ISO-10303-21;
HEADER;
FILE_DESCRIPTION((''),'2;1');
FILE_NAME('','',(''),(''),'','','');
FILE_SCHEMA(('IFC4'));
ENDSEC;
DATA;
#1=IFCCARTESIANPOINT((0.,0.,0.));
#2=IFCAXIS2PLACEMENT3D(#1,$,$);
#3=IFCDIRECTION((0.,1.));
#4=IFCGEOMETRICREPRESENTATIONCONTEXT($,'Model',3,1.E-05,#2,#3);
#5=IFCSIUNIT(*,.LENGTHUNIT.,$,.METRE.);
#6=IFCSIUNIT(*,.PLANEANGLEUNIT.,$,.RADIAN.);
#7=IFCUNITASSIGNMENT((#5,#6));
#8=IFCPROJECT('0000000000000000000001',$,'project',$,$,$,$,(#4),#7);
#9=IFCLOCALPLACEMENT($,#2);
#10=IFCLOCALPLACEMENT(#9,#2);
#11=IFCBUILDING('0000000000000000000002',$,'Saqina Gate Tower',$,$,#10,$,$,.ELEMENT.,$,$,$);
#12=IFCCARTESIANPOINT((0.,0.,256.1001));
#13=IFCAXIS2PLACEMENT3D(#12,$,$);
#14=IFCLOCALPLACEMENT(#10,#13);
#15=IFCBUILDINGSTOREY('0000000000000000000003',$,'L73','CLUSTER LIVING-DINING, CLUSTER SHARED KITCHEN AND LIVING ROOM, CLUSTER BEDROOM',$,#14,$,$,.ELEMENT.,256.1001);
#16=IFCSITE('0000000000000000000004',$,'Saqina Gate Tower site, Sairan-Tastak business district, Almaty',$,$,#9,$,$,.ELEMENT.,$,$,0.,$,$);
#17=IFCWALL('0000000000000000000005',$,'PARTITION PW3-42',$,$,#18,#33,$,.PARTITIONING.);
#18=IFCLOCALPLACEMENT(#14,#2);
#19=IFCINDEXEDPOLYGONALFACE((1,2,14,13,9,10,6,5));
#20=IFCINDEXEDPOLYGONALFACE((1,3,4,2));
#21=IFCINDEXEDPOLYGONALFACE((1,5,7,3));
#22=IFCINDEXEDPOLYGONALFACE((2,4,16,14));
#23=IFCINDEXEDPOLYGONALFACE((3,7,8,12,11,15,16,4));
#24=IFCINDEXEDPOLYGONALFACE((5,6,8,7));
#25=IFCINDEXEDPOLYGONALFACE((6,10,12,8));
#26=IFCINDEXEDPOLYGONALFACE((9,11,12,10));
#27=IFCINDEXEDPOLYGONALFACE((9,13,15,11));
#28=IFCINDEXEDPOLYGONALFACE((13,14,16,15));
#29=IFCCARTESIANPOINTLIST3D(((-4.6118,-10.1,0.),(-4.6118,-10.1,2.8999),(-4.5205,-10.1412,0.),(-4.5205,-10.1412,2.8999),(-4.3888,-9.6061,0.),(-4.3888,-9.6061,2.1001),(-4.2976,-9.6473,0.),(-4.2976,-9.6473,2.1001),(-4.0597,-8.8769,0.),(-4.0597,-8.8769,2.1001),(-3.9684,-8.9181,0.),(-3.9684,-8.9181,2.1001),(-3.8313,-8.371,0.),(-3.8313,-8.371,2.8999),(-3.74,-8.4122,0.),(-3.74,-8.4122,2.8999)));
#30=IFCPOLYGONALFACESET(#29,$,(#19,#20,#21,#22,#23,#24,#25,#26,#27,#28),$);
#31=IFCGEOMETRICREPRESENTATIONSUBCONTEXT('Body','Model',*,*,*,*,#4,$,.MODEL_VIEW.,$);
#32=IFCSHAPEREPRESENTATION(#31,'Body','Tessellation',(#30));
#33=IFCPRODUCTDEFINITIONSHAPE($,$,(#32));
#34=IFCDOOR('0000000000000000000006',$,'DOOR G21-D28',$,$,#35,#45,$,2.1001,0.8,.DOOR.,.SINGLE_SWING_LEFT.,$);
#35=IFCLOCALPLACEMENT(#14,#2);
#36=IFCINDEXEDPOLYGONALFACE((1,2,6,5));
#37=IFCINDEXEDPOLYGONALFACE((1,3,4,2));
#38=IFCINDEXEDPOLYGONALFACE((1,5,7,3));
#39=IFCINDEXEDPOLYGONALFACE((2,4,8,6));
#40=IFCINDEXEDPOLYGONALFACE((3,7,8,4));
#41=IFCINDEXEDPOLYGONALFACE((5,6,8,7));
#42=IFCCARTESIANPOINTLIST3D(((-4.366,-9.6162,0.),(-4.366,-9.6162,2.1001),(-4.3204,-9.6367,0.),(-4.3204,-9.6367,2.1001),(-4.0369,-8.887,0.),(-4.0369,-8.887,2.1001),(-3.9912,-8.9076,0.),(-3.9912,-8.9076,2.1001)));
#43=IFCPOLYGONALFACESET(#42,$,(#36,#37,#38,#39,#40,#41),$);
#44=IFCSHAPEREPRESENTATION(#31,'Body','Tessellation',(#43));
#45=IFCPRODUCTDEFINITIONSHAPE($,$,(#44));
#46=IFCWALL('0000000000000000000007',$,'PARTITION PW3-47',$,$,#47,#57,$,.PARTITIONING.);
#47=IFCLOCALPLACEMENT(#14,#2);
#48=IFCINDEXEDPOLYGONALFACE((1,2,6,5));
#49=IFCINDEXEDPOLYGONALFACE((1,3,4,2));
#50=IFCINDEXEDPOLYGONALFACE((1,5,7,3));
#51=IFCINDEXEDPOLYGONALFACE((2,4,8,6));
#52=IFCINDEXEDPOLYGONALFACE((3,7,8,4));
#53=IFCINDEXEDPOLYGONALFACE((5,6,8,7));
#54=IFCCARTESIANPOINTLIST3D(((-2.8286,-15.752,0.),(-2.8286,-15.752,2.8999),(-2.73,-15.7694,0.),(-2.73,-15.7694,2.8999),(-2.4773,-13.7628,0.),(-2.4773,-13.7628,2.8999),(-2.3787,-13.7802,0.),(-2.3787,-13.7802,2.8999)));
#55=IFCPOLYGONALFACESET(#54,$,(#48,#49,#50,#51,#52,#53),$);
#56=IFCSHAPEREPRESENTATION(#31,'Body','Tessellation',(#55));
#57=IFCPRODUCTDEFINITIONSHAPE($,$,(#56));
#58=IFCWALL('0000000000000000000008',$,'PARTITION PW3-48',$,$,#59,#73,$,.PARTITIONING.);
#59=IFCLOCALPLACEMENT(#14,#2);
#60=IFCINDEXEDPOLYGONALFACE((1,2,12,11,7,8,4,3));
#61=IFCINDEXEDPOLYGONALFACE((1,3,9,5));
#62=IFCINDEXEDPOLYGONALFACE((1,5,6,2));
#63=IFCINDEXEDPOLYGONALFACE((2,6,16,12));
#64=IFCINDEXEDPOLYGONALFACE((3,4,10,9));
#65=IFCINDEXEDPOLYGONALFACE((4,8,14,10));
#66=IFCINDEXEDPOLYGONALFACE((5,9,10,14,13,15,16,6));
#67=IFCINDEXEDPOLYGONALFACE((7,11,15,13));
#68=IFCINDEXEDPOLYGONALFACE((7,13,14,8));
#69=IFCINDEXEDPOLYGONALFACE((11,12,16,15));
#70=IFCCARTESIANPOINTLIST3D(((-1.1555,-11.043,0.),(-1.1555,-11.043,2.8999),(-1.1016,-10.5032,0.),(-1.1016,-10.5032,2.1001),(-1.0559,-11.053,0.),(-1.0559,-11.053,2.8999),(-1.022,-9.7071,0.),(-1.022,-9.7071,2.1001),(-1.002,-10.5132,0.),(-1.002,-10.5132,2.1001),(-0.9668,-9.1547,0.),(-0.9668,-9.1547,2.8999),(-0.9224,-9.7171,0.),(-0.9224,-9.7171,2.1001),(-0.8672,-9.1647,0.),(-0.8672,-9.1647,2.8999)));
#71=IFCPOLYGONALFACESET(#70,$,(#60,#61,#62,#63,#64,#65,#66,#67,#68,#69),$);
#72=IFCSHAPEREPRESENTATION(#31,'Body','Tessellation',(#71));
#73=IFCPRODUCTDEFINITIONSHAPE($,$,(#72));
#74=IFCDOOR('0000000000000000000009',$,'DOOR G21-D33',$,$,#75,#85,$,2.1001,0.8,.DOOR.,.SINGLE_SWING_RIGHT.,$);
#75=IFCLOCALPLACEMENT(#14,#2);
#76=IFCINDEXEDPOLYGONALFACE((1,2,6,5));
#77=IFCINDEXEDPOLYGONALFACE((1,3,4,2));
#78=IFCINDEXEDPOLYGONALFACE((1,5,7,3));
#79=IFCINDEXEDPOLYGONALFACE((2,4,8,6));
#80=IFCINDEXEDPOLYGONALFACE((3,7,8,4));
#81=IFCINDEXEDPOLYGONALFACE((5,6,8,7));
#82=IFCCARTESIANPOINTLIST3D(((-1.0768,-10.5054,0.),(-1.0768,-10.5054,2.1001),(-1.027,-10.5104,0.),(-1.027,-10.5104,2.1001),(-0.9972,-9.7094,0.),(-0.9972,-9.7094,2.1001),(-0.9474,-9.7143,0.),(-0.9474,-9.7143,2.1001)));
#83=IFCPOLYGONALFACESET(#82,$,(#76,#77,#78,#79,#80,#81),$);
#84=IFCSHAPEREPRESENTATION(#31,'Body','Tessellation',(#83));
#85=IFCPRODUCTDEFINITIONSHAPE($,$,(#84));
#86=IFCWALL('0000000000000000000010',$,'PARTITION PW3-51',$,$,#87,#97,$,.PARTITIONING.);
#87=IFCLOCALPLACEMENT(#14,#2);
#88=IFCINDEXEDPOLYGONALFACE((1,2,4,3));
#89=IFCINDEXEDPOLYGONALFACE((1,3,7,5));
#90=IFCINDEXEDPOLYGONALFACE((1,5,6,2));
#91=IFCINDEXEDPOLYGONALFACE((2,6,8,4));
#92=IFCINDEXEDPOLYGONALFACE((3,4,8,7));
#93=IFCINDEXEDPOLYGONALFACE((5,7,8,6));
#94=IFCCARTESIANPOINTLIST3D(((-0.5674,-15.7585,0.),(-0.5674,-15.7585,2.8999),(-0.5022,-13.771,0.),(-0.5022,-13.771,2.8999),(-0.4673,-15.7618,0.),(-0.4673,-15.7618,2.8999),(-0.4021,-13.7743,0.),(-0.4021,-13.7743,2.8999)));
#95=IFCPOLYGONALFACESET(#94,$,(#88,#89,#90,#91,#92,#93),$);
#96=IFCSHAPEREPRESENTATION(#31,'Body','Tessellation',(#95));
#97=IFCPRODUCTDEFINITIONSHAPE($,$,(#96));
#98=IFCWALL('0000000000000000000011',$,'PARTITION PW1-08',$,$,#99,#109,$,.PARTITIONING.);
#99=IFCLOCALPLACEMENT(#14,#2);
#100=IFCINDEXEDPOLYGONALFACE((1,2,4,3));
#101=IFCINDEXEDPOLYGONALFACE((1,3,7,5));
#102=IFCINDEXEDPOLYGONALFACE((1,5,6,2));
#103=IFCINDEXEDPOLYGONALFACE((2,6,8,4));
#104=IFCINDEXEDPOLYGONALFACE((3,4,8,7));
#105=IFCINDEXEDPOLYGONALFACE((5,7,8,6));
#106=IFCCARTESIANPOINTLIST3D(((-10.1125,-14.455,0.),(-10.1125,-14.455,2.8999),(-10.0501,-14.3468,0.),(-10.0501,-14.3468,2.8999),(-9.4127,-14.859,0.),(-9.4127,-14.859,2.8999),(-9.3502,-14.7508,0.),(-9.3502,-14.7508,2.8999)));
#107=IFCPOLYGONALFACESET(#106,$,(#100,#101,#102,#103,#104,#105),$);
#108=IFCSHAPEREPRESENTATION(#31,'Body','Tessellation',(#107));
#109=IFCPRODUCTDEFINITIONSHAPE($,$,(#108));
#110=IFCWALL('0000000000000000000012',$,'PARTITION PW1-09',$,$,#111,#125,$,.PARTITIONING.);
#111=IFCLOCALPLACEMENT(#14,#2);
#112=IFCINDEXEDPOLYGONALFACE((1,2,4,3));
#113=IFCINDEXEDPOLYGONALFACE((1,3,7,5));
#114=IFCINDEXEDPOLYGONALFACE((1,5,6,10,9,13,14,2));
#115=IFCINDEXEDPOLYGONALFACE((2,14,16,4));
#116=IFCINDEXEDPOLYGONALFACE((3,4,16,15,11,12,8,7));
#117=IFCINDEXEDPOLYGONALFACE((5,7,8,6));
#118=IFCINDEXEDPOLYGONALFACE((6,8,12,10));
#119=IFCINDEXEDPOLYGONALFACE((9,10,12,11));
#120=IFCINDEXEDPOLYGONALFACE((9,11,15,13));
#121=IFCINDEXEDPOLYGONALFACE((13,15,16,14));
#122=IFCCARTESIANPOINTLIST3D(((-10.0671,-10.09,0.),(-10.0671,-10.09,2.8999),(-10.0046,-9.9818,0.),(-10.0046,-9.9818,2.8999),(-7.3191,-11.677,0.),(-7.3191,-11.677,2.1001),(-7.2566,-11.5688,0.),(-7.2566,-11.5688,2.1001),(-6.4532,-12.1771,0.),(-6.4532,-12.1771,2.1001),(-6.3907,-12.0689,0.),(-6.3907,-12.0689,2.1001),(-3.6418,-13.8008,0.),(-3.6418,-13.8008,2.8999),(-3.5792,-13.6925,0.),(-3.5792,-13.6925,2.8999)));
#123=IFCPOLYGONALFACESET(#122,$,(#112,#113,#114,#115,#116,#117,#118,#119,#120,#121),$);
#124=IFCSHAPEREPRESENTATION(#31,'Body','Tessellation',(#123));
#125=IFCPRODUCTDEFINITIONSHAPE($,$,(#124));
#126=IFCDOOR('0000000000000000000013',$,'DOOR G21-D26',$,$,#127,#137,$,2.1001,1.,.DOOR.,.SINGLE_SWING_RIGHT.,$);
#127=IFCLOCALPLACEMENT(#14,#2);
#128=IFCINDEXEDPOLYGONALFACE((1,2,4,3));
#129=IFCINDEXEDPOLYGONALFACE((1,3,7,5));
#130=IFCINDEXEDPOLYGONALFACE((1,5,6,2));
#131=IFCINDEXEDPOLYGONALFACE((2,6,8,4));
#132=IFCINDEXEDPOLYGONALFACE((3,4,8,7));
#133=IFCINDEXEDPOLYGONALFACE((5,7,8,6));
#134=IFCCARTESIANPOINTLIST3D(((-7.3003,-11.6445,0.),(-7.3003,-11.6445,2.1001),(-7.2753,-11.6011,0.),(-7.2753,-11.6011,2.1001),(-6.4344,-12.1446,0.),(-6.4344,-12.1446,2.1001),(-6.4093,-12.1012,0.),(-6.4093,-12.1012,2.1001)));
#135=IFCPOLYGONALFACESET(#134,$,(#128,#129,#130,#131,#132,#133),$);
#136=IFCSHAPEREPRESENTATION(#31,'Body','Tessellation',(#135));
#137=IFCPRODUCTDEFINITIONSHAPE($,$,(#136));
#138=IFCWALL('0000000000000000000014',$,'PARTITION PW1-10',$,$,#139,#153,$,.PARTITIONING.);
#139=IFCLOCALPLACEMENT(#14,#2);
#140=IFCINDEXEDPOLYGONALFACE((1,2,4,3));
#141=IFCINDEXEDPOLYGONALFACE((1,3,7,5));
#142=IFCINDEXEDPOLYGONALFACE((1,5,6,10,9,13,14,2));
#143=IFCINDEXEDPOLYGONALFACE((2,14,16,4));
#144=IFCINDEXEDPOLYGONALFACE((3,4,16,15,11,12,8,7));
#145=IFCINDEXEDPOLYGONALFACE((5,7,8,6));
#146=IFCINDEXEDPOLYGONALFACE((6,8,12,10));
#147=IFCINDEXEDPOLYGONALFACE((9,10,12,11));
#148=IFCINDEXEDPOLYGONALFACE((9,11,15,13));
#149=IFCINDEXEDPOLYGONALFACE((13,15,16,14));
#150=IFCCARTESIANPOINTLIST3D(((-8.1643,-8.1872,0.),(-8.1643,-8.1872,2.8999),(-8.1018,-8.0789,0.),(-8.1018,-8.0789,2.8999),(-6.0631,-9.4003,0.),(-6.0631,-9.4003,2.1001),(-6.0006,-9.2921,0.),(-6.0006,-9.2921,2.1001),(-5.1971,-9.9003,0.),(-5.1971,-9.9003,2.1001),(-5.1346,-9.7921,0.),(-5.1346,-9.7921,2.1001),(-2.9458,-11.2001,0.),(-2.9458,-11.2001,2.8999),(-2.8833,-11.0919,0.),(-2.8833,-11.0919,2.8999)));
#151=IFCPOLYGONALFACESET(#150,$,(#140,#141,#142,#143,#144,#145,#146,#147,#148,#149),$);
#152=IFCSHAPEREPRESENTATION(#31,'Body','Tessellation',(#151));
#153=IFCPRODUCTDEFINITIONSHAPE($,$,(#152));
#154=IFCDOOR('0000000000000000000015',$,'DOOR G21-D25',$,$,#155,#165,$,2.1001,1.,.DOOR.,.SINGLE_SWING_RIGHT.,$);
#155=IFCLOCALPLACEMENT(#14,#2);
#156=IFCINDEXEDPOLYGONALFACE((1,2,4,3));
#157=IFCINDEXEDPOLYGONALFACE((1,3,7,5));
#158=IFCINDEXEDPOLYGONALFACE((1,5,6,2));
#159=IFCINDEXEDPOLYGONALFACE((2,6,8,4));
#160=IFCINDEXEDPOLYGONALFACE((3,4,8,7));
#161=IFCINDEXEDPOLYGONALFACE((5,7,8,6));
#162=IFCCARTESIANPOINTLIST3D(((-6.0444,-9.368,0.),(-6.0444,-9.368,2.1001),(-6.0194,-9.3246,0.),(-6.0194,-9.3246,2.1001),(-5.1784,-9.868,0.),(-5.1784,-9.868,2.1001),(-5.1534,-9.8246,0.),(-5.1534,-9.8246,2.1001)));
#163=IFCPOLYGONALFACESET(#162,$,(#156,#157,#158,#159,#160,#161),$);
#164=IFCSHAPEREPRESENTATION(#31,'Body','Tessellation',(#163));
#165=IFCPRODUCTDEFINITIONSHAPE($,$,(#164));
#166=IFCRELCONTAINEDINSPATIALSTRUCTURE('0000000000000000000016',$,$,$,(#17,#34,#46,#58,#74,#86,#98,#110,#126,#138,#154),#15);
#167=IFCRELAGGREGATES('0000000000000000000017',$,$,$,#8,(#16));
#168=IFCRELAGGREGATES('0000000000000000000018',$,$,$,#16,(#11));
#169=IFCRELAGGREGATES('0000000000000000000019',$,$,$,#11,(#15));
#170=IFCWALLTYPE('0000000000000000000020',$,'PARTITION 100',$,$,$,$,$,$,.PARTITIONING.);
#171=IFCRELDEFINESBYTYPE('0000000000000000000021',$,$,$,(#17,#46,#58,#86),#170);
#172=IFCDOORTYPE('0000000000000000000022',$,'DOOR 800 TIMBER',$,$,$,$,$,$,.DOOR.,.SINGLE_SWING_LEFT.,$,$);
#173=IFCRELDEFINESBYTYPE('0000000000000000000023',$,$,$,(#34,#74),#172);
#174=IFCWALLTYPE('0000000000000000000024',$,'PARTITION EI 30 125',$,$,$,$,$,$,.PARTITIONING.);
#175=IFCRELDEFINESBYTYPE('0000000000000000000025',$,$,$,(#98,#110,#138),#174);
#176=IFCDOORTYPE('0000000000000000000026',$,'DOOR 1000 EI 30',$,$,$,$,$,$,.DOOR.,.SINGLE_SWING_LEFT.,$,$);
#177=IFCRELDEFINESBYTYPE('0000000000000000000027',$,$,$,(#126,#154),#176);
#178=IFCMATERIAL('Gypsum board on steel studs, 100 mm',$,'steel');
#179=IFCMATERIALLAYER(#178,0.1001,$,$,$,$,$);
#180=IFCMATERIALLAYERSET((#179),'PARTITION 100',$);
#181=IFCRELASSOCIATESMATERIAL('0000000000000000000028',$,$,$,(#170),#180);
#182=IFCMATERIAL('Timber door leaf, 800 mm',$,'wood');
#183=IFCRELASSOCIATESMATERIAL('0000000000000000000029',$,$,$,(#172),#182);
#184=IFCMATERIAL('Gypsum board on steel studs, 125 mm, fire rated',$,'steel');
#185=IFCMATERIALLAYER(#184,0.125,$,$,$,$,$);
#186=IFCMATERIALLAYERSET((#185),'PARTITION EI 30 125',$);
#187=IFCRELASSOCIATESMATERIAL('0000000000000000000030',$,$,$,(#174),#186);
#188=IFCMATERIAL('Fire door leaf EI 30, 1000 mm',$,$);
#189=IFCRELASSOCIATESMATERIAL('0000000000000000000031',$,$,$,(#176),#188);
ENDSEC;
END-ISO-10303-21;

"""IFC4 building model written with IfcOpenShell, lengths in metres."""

from ifc_helpers import new_model, si_unit, direction, frame, frame_2d, origin, place, context, subcontext, project, spatial, rectangle, extrude, material, layer, layer_set, type_object, element, fill, save


model = new_model("IFC4")

# Units and contexts
model_context = context("Model", 3, precision=1e-05, world=origin(), true_north=direction((0.0, 1.0)))
body_context = subcontext(model_context, "Body", "Model", "MODEL_VIEW")
ifc_project = project(units=[si_unit("LENGTHUNIT", "METRE"), si_unit("PLANEANGLEUNIT", "RADIAN")], contexts=[model_context])

# Site, building, storey
site_placement = place(None, origin())
site = spatial("IfcSite", under=ifc_project, at=site_placement, Name="Saqina Gate Tower site, Sairan-Tastak business district, Almaty", CompositionType="ELEMENT", RefElevation=0.0)
building_placement = place(site_placement, origin())
building = spatial("IfcBuilding", under=site, at=building_placement, Name="Saqina Gate Tower", CompositionType="ELEMENT")
storey_placement = place(building_placement, frame((0.0, 0.0, 256.1001)))
storey = spatial("IfcBuildingStorey", under=building, at=storey_placement, Name="L73", Description="CLUSTER LIVING-DINING, CLUSTER SHARED KITCHEN AND LIVING ROOM, CLUSTER BEDROOM", CompositionType="ELEMENT", Elevation=256.1001)

# Shared definitions
ifc_material_1 = material(Name="Gypsum board on steel studs, 100 mm", Category="steel")
ifc_layer_1 = layer(ifc_material_1, 0.1001)
ifc_layer_set_1 = layer_set([ifc_layer_1], Name="PARTITION 100")
wall_type_1 = type_object("IfcWallType", Name="PARTITION 100", PredefinedType="PARTITIONING", material=ifc_layer_set_1)

# Wall, opening, door
wall_1_placement = place(storey_placement, frame((-4.5662, -10.1206, 0.0), z_axis=(0.0, 0.0, 1.0), x_axis=(0.411445, 0.911434, 0.0)))
wall_1 = element("IfcWall", 1, at=wall_1_placement, inside=storey, type_object=wall_type_1, Name="PARTITION PW3-42", PredefinedType="PARTITIONING", context=body_context, shape_type="SweptSolid", body=[
    extrude(rectangle(XDim=1.897, YDim=0.1001, at=frame_2d((0.9485, 0.0))), origin(), (0.0, 0.0, 1.0), 2.8999),
])
opening_1_placement = place(wall_1_placement, frame((0.542, 0.0, 0.0)))
opening_1 = element("IfcOpeningElement", 2, at=opening_1_placement, cuts=wall_1, PredefinedType="OPENING", context=body_context, shape_type="SweptSolid", body=[
    extrude(rectangle(XDim=0.8, YDim=2.1001, at=frame_2d((0.3999, 1.05))), frame((0.0, 0.062, 0.0), z_axis=(0.0, -1.0, 0.0), x_axis=(1.0, 0.0, 0.0)), (0.0, 0.0, 1.0), 0.124),
])
ifc_material_2 = material(Name="Timber door leaf, 800 mm", Category="wood")
door_type_1 = type_object("IfcDoorType", Name="DOOR 800 TIMBER", OperationType="SINGLE_SWING_LEFT", PredefinedType="DOOR", material=ifc_material_2)
door_1_placement = place(opening_1_placement, frame((0.8, 0.0, 0.0), z_axis=(0.0, 0.0, 1.0), x_axis=(-1.0, 0.0, 0.0)))
door_1 = element("IfcDoor", 3, at=door_1_placement, inside=storey, type_object=door_type_1, Name="DOOR G21-D28", OperationType="SINGLE_SWING_LEFT", OverallHeight=2.1001, OverallWidth=0.8, PredefinedType="DOOR", context=body_context, shape_type="SweptSolid", body=[
    extrude(rectangle(XDim=0.8, YDim=2.1001, at=frame_2d((0.3999, 1.05))), frame((0.0, 0.0249, 0.0), z_axis=(0.0, -1.0, 0.0), x_axis=(1.0, 0.0, 0.0)), (0.0, 0.0, 1.0), 0.05),
])
fill(opening_1, door_1)

# Wall
wall_2_placement = place(storey_placement, frame((-2.7793, -15.7607, 0.0), z_axis=(0.0, 0.0, 1.0), x_axis=(0.173916, 0.98476, 0.0)))
element("IfcWall", 4, at=wall_2_placement, inside=storey, type_object=wall_type_1, Name="PARTITION PW3-47", PredefinedType="PARTITIONING", context=body_context, shape_type="SweptSolid", body=[
    extrude(rectangle(XDim=2.02, YDim=0.1001, at=frame_2d((1.01, 0.0))), origin(), (0.0, 0.0, 1.0), 2.8999),
])

# Wall, opening, door
wall_3_placement = place(storey_placement, frame((-1.1057, -11.0479, 0.0), z_axis=(0.0, 0.0, 1.0), x_axis=(0.099453, 0.995042, 0.0)))
wall_3 = element("IfcWall", 5, at=wall_3_placement, inside=storey, type_object=wall_type_1, Name="PARTITION PW3-48", PredefinedType="PARTITIONING", context=body_context, shape_type="SweptSolid", body=[
    extrude(rectangle(XDim=1.8977, YDim=0.1001, at=frame_2d((0.9487, 0.0))), origin(), (0.0, 0.0, 1.0), 2.8999),
])
opening_2_placement = place(wall_3_placement, frame((0.5425, 0.0, 0.0)))
opening_2 = element("IfcOpeningElement", 6, at=opening_2_placement, cuts=wall_3, PredefinedType="OPENING", context=body_context, shape_type="SweptSolid", body=[
    extrude(rectangle(XDim=0.8, YDim=2.1001, at=frame_2d((0.3999, 1.05))), frame((0.0, 0.062, 0.0), z_axis=(0.0, -1.0, 0.0), x_axis=(1.0, 0.0, 0.0)), (0.0, 0.0, 1.0), 0.124),
])
door_2_placement = place(opening_2_placement, frame((0.8, 0.0, 0.0), z_axis=(0.0, 0.0, 1.0), x_axis=(-1.0, 0.0, 0.0)))
door_2 = element("IfcDoor", 7, at=door_2_placement, inside=storey, type_object=door_type_1, Name="DOOR G21-D33", OperationType="SINGLE_SWING_RIGHT", OverallHeight=2.1001, OverallWidth=0.8, PredefinedType="DOOR", context=body_context, shape_type="SweptSolid", body=[
    extrude(rectangle(XDim=0.8, YDim=2.1001, at=frame_2d((0.3999, 1.05))), frame((0.0, 0.0249, 0.0), z_axis=(0.0, -1.0, 0.0), x_axis=(1.0, 0.0, 0.0)), (0.0, 0.0, 1.0), 0.05),
])
fill(opening_2, door_2)

# Walls
wall_4_placement = place(storey_placement, frame((-0.5173, -15.76, 0.0), z_axis=(0.0, 0.0, 1.0), x_axis=(0.032779, 0.999463, 0.0)))
element("IfcWall", 8, at=wall_4_placement, inside=storey, type_object=wall_type_1, Name="PARTITION PW3-51", PredefinedType="PARTITIONING", context=body_context, shape_type="SweptSolid", body=[
    extrude(rectangle(XDim=1.9885, YDim=0.1001, at=frame_2d((0.9941, 0.0))), origin(), (0.0, 0.0, 1.0), 2.8999),
])
ifc_material_3 = material(Name="Gypsum board on steel studs, 125 mm, fire rated", Category="steel")
ifc_layer_2 = layer(ifc_material_3, 0.125)
ifc_layer_set_2 = layer_set([ifc_layer_2], Name="PARTITION EI 30 125")
wall_type_2 = type_object("IfcWallType", Name="PARTITION EI 30 125", PredefinedType="PARTITIONING", material=ifc_layer_set_2)
wall_5_placement = place(storey_placement, frame((-10.0813, -14.4009, 0.0), z_axis=(0.0, 0.0, 1.0), x_axis=(0.86606, -0.49994, 0.0)))
element("IfcWall", 9, at=wall_5_placement, inside=storey, type_object=wall_type_2, Name="PARTITION PW1-08", PredefinedType="PARTITIONING", context=body_context, shape_type="SweptSolid", body=[
    extrude(rectangle(XDim=0.8081, YDim=0.125, at=frame_2d((0.4041, 0.0))), origin(), (0.0, 0.0, 1.0), 2.8999),
])

# Walls, openings, doors
wall_6_placement = place(storey_placement, frame((-10.0359, -10.0359, 0.0), z_axis=(0.0, 0.0, 1.0), x_axis=(0.865964, -0.500106, 0.0)))
wall_6 = element("IfcWall", 10, at=wall_6_placement, inside=storey, type_object=wall_type_2, Name="PARTITION PW1-09", PredefinedType="PARTITIONING", context=body_context, shape_type="SweptSolid", body=[
    extrude(rectangle(XDim=7.4199, YDim=0.125, at=frame_2d((3.71, 0.0))), origin(), (0.0, 0.0, 1.0), 2.8999),
])
opening_3_placement = place(wall_6_placement, frame((3.1733, 0.0, 0.0)))
opening_3 = element("IfcOpeningElement", 11, at=opening_3_placement, cuts=wall_6, PredefinedType="OPENING", context=body_context, shape_type="SweptSolid", body=[
    extrude(rectangle(XDim=1.0, YDim=2.1001, at=frame_2d((0.5, 1.05))), frame((0.0, 0.0745, 0.0), z_axis=(0.0, -1.0, 0.0), x_axis=(1.0, 0.0, 0.0)), (0.0, 0.0, 1.0), 0.1489),
])
ifc_material_4 = material(Name="Fire door leaf EI 30, 1000 mm")
door_type_2 = type_object("IfcDoorType", Name="DOOR 1000 EI 30", OperationType="SINGLE_SWING_LEFT", PredefinedType="DOOR", material=ifc_material_4)
door_3_placement = place(opening_3_placement, frame((1.0, 0.0, 0.0), z_axis=(0.0, 0.0, 1.0), x_axis=(-1.0, 0.0, 0.0)))
door_3 = element("IfcDoor", 12, at=door_3_placement, inside=storey, type_object=door_type_2, Name="DOOR G21-D26", OperationType="SINGLE_SWING_RIGHT", OverallHeight=2.1001, OverallWidth=1.0, PredefinedType="DOOR", context=body_context, shape_type="SweptSolid", body=[
    extrude(rectangle(XDim=1.0, YDim=2.1001, at=frame_2d((0.5, 1.05))), frame((0.0, 0.0249, 0.0), z_axis=(0.0, -1.0, 0.0), x_axis=(1.0, 0.0, 0.0)), (0.0, 0.0, 1.0), 0.05),
])
fill(opening_3, door_3)
wall_7_placement = place(storey_placement, frame((-8.1331, -8.1331, 0.0), z_axis=(0.0, 0.0, 1.0), x_axis=(0.866023, -0.500004, 0.0)))
wall_7 = element("IfcWall", 13, at=wall_7_placement, inside=storey, type_object=wall_type_2, Name="PARTITION PW1-10", PredefinedType="PARTITIONING", context=body_context, shape_type="SweptSolid", body=[
    extrude(rectangle(XDim=6.0259, YDim=0.125, at=frame_2d((3.0129, 0.0))), origin(), (0.0, 0.0, 1.0), 2.8999),
])
opening_4_placement = place(wall_7_placement, frame((2.4263, 0.0, 0.0)))
opening_4 = element("IfcOpeningElement", 14, at=opening_4_placement, cuts=wall_7, PredefinedType="OPENING", context=body_context, shape_type="SweptSolid", body=[
    extrude(rectangle(XDim=1.0, YDim=2.1001, at=frame_2d((0.5, 1.05))), frame((0.0, 0.0745, 0.0), z_axis=(0.0, -1.0, 0.0), x_axis=(1.0, 0.0, 0.0)), (0.0, 0.0, 1.0), 0.1489),
])
door_4_placement = place(opening_4_placement, origin())
door_4 = element("IfcDoor", 15, at=door_4_placement, inside=storey, type_object=door_type_2, Name="DOOR G21-D25", OperationType="SINGLE_SWING_RIGHT", OverallHeight=2.1001, OverallWidth=1.0, PredefinedType="DOOR", context=body_context, shape_type="SweptSolid", body=[
    extrude(rectangle(XDim=1.0, YDim=2.1001, at=frame_2d((0.5, 1.05))), frame((0.0, 0.0249, 0.0), z_axis=(0.0, -1.0, 0.0), x_axis=(1.0, 0.0, 0.0)), (0.0, 0.0, 1.0), 0.05),
])
fill(opening_4, door_4)

save(model, "model.ifc")
